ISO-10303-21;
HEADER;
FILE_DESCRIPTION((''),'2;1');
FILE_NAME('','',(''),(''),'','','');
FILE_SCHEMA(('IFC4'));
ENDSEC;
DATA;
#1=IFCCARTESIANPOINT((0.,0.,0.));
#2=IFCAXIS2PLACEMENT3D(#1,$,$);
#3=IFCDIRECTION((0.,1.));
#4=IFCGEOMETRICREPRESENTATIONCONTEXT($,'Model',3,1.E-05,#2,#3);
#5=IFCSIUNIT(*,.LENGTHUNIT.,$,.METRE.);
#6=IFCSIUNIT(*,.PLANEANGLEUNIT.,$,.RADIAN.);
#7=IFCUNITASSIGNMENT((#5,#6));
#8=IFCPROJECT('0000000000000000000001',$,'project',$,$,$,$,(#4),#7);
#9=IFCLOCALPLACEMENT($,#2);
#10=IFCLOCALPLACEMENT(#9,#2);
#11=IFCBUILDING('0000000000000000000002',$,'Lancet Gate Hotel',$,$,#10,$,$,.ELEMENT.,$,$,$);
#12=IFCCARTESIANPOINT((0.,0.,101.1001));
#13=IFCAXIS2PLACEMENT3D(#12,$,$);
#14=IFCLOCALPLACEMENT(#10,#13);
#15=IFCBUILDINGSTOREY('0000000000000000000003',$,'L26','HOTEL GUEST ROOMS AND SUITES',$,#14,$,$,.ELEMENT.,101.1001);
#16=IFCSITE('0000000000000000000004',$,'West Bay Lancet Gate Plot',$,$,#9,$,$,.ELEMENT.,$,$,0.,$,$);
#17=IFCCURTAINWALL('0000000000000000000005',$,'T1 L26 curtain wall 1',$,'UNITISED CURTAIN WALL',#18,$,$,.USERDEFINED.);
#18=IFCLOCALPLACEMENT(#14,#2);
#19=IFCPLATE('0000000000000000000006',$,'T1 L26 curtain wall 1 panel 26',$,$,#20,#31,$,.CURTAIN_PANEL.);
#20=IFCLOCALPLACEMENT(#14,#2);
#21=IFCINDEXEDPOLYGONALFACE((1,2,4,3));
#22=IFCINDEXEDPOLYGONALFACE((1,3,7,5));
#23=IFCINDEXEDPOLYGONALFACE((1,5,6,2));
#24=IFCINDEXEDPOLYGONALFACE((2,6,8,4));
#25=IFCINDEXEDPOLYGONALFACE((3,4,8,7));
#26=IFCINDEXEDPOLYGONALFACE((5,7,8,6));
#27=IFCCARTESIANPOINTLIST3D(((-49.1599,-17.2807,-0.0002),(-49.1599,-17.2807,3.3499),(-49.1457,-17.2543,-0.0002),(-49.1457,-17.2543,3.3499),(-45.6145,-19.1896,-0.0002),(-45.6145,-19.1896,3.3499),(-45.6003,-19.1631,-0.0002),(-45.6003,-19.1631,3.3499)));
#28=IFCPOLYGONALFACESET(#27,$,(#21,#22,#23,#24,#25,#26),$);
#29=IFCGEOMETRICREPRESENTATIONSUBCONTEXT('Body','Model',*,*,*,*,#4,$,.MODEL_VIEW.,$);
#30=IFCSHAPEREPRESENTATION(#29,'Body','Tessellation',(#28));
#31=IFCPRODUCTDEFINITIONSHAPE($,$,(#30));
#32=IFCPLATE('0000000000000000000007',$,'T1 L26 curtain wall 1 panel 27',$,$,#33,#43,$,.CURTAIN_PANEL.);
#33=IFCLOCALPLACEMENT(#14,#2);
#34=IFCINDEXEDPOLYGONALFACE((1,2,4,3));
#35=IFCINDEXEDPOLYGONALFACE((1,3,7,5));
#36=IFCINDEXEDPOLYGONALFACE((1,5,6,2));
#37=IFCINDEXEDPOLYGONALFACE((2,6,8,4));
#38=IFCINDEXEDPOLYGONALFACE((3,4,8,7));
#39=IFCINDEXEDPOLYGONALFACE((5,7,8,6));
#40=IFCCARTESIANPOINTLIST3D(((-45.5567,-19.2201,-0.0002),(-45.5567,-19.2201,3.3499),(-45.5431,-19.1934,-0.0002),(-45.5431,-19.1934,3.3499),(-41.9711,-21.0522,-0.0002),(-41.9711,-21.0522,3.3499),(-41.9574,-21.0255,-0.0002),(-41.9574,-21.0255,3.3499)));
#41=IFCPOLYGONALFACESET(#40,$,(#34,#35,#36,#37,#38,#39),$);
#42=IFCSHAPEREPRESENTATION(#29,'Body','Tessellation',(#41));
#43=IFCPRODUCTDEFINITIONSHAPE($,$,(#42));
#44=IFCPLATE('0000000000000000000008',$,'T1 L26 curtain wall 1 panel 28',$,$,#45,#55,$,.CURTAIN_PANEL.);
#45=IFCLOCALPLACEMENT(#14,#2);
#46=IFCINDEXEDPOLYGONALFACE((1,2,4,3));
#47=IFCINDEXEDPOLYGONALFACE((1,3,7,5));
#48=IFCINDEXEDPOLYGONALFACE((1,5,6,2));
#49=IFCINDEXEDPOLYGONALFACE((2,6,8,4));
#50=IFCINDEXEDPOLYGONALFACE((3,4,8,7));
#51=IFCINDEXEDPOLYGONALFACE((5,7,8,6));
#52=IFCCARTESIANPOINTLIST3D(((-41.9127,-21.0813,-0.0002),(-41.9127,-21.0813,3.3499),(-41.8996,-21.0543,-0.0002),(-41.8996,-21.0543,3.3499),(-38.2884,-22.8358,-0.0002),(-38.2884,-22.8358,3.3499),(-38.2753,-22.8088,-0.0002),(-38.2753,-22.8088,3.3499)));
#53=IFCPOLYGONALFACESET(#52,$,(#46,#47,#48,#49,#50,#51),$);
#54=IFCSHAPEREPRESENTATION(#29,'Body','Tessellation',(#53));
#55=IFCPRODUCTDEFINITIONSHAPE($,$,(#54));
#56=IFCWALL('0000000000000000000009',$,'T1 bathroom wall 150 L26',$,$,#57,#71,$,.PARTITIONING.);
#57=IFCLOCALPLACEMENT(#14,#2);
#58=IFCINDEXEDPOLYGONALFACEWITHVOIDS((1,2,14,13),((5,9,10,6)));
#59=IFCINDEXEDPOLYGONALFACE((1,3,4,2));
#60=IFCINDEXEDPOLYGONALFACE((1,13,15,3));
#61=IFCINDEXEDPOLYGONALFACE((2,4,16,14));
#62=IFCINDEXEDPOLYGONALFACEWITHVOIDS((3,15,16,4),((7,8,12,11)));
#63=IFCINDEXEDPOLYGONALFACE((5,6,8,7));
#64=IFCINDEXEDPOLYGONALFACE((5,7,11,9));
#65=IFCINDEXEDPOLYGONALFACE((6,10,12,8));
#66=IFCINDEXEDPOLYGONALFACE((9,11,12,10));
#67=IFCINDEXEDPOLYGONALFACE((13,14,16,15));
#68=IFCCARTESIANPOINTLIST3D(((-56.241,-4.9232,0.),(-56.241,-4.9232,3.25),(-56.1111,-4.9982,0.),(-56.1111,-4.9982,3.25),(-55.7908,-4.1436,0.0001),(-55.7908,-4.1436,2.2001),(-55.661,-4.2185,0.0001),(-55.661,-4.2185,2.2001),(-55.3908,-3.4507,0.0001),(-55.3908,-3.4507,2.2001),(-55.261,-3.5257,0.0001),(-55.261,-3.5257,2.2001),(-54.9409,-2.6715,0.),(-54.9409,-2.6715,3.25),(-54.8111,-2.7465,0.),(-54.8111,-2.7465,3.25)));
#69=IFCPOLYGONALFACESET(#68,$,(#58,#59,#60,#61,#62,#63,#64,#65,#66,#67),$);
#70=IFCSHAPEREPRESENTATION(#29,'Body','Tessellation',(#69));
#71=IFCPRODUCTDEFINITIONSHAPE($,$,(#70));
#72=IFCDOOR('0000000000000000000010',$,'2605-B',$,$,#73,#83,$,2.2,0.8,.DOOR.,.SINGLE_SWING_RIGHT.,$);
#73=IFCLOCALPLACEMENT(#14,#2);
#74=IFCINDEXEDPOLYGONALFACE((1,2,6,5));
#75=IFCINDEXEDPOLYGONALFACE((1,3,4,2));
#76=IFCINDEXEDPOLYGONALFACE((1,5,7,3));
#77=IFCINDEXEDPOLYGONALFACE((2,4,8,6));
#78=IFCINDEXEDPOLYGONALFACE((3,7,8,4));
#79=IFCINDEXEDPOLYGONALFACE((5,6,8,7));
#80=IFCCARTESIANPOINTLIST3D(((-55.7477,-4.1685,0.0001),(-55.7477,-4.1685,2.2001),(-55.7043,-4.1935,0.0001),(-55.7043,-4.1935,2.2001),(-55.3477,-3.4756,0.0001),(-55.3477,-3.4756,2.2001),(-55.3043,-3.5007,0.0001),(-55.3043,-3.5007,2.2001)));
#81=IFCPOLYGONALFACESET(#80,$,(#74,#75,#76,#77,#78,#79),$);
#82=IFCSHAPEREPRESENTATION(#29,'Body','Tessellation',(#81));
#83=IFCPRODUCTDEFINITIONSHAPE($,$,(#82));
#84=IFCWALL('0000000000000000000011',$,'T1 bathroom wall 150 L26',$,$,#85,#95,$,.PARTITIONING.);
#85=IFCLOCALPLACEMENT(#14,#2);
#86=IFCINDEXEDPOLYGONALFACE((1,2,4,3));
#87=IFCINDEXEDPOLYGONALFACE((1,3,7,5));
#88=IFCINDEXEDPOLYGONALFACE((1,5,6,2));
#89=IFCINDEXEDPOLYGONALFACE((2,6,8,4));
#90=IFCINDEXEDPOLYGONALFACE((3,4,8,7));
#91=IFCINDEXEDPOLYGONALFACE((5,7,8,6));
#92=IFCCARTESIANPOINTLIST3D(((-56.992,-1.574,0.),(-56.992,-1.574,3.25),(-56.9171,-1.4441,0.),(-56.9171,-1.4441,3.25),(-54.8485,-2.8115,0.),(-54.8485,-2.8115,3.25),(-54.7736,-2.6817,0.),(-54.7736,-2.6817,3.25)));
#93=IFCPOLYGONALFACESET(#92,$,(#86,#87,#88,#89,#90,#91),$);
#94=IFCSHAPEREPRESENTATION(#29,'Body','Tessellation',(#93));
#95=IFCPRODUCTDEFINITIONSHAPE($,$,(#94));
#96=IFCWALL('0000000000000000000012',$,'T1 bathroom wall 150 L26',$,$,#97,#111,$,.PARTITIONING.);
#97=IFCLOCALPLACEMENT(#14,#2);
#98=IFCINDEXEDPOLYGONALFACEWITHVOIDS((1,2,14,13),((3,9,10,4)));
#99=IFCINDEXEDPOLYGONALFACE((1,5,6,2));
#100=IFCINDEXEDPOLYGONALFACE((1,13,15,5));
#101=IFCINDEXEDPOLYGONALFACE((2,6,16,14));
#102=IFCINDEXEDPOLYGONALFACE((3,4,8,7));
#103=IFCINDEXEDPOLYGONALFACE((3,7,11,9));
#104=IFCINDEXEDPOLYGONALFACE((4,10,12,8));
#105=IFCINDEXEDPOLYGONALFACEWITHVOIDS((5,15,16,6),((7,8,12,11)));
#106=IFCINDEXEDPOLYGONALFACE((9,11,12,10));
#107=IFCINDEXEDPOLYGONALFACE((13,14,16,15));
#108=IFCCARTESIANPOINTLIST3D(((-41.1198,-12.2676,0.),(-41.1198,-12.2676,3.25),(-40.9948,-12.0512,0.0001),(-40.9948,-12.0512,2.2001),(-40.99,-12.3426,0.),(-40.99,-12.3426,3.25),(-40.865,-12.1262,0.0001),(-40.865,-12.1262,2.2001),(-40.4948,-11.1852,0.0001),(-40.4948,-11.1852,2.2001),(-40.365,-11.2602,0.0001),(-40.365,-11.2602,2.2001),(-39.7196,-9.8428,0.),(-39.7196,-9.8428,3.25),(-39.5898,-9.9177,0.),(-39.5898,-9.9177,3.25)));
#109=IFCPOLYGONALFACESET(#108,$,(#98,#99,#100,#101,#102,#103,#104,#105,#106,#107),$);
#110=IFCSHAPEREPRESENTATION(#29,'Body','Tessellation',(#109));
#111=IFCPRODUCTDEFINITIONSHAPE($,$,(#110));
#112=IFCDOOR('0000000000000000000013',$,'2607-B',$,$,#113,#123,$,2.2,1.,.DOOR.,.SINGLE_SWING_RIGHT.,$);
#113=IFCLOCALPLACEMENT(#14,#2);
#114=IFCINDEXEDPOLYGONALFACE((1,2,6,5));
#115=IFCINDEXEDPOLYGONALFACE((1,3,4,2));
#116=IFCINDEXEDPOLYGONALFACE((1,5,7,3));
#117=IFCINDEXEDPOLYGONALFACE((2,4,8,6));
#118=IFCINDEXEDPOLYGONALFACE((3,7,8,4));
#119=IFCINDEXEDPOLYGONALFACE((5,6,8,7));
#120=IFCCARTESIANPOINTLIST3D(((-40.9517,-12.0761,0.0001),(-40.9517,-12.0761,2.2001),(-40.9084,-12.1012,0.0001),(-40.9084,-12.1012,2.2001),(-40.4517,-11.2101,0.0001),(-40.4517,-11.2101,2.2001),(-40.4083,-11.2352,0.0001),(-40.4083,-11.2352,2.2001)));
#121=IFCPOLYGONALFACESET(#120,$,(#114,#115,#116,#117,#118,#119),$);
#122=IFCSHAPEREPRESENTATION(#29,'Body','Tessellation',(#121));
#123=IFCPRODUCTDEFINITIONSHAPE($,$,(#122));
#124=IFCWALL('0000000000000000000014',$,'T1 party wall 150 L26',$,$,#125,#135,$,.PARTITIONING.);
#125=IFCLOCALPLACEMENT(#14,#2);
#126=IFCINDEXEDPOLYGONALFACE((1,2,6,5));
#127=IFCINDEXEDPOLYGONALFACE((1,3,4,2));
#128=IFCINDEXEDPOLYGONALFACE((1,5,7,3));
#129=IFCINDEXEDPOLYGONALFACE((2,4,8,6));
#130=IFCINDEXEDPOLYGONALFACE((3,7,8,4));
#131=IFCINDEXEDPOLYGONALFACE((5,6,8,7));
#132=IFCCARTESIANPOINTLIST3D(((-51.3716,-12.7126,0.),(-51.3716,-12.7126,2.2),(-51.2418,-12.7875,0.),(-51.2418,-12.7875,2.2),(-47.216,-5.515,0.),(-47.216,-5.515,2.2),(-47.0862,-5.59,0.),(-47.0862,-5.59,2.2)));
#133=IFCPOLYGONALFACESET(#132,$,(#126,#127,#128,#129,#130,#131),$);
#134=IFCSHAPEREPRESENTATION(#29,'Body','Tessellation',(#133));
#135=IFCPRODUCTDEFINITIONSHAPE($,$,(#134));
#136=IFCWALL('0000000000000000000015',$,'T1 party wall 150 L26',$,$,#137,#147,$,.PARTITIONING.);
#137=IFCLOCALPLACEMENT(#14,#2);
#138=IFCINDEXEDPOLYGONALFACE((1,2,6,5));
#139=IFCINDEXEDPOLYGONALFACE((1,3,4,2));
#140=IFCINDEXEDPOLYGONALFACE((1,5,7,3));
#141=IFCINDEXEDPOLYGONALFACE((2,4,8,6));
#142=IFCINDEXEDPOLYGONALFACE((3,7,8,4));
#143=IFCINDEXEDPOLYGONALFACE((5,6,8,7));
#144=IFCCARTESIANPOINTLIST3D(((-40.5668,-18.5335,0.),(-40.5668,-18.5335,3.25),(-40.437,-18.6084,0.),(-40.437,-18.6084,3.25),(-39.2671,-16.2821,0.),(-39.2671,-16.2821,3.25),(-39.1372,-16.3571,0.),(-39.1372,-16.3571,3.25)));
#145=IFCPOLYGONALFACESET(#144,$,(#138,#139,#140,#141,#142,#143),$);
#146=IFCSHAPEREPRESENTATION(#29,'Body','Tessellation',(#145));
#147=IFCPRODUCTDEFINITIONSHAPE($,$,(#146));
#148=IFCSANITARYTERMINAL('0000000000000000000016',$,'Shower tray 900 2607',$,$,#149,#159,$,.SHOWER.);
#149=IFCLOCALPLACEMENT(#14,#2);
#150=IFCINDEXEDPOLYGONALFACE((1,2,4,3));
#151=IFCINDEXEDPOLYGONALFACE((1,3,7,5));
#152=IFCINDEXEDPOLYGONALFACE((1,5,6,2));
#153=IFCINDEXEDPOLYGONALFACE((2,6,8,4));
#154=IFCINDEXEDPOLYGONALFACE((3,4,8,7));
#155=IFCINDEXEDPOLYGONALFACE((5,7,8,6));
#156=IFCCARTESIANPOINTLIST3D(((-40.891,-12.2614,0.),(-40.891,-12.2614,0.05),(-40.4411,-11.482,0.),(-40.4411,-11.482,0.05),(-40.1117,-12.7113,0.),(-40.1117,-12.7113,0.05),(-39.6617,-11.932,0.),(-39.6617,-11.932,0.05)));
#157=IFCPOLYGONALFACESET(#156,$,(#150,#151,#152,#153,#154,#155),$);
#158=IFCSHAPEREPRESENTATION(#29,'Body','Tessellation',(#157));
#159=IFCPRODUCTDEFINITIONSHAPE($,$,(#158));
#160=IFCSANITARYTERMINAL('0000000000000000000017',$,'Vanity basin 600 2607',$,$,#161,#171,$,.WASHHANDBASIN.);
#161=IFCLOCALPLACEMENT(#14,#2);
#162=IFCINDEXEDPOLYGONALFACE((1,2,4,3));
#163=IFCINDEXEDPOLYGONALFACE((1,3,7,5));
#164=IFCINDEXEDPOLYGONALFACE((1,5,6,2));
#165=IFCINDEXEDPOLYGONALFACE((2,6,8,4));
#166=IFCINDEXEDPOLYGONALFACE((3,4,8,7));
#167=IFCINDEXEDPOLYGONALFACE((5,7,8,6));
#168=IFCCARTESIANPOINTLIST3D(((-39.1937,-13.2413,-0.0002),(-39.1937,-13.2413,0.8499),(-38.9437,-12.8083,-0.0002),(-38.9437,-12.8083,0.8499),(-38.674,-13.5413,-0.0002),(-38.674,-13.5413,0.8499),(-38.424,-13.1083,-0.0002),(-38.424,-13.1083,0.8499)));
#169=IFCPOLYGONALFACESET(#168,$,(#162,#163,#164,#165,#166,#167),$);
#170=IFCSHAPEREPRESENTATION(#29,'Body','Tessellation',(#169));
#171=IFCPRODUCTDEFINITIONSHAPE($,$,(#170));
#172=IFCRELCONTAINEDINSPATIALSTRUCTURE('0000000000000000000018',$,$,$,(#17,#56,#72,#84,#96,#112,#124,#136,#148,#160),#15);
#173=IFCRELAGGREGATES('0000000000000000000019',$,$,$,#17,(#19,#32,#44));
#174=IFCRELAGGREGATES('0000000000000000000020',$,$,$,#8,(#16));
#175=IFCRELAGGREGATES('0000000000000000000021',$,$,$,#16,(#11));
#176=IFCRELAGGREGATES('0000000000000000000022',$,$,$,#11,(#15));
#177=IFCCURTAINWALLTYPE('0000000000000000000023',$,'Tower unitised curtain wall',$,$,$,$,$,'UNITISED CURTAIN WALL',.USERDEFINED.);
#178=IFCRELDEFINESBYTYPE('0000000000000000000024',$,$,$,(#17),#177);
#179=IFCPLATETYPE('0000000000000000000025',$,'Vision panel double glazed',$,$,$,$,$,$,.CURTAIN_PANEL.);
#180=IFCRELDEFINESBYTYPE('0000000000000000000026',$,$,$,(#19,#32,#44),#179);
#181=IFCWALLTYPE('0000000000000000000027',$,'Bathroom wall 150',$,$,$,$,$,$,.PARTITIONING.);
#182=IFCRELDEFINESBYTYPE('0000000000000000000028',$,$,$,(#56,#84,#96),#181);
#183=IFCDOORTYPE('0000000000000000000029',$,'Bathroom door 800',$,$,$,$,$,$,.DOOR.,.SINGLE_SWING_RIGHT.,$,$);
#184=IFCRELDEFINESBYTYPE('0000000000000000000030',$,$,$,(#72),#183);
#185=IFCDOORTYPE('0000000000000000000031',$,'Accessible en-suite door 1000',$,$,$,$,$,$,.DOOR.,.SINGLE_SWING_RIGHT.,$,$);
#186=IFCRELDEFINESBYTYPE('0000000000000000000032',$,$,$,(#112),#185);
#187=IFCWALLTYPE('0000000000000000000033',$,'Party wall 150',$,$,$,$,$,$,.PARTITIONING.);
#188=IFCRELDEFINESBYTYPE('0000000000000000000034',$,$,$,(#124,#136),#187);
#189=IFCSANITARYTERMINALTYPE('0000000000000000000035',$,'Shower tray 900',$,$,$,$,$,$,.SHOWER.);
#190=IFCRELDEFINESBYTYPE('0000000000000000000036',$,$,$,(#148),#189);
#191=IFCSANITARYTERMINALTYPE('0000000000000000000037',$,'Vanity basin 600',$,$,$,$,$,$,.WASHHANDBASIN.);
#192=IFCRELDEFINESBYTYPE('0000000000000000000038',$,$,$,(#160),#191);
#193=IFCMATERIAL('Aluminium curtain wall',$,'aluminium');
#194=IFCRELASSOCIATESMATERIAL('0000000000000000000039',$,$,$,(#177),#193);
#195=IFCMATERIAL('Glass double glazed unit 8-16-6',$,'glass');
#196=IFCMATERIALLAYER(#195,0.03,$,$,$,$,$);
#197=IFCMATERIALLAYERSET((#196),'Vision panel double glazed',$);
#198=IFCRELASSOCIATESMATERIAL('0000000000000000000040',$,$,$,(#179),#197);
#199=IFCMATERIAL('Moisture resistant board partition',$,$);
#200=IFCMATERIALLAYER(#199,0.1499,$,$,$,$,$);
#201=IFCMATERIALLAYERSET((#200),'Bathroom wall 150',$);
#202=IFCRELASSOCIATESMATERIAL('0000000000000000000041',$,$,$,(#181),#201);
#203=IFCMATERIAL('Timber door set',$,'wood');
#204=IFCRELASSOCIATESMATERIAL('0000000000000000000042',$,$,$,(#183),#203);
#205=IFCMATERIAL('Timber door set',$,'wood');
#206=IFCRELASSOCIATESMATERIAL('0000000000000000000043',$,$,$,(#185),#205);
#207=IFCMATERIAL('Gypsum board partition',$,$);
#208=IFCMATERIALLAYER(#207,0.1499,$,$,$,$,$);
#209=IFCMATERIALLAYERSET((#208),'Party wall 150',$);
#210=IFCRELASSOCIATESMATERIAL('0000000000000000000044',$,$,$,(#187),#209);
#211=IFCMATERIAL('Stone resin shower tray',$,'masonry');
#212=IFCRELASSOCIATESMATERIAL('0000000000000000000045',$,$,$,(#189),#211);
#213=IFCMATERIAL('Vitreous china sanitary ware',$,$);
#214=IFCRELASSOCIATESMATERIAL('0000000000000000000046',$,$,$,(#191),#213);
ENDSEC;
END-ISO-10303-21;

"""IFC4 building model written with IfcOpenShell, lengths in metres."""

from ifc_helpers import new_model, si_unit, direction, frame, frame_2d, origin, origin_2d, place, context, subcontext, project, spatial, rectangle, extrude, material, layer, layer_set, type_object, element, fill, aggregate, save


model = new_model("IFC4")

# Units and contexts
model_context = context("Model", 3, precision=1e-05, world=origin(), true_north=direction((0.0, 1.0)))
body_context = subcontext(model_context, "Body", "Model", "MODEL_VIEW")
ifc_project = project(units=[si_unit("LENGTHUNIT", "METRE"), si_unit("PLANEANGLEUNIT", "RADIAN")], contexts=[model_context])

# Site, building, storey
site_placement = place(None, origin())
site = spatial("IfcSite", under=ifc_project, at=site_placement, Name="West Bay Lancet Gate Plot", CompositionType="ELEMENT", RefElevation=0.0)
building_placement = place(site_placement, origin())
building = spatial("IfcBuilding", under=site, at=building_placement, Name="Lancet Gate Hotel", CompositionType="ELEMENT")
storey_placement = place(building_placement, frame((0.0, 0.0, 101.1001)))
storey = spatial("IfcBuildingStorey", under=building, at=storey_placement, Name="L26", Description="HOTEL GUEST ROOMS AND SUITES", CompositionType="ELEMENT", Elevation=101.1001)

# Curtain wall
ifc_material_1 = material(Name="Aluminium curtain wall", Category="aluminium")
curtain_wall_type = type_object("IfcCurtainWallType", Name="Tower unitised curtain wall", ElementType="UNITISED CURTAIN WALL", PredefinedType="USERDEFINED", material=ifc_material_1)
curtain_wall_placement = place(storey_placement, origin())
curtain_wall = element("IfcCurtainWall", 1, at=curtain_wall_placement, inside=storey, type_object=curtain_wall_type, Name="T1 L26 curtain wall 1", ObjectType="UNITISED CURTAIN WALL", PredefinedType="USERDEFINED")

# Plates
ifc_material_2 = material(Name="Glass double glazed unit 8-16-6", Category="glass")
ifc_layer_1 = layer(ifc_material_2, 0.03)
ifc_layer_set_1 = layer_set([ifc_layer_1], Name="Vision panel double glazed")
plate_type = type_object("IfcPlateType", Name="Vision panel double glazed", PredefinedType="CURTAIN_PANEL", material=ifc_layer_set_1)
plate_1_placement = place(storey_placement, frame((-47.3801, -18.2219, -0.0002), z_axis=(0.0, 0.0, 1.0), x_axis=(0.880493, -0.47406, 0.0)))
plate_1 = element("IfcPlate", 2, at=plate_1_placement, type_object=plate_type, Name="T1 L26 curtain wall 1 panel 26", PredefinedType="CURTAIN_PANEL", context=body_context, shape_type="SweptSolid", body=[
    extrude(rectangle(XDim=4.0266, YDim=0.03, at=origin_2d()), origin(), (0.0, 0.0, 1.0), 3.3501),
])
plate_2_placement = place(storey_placement, frame((-43.7571, -20.1228, -0.0002), z_axis=(0.0, 0.0, 1.0), x_axis=(0.890493, -0.454996, 0.0)))
plate_2 = element("IfcPlate", 3, at=plate_2_placement, type_object=plate_type, Name="T1 L26 curtain wall 1 panel 27", PredefinedType="CURTAIN_PANEL", context=body_context, shape_type="SweptSolid", body=[
    extrude(rectangle(XDim=4.0266, YDim=0.03, at=origin_2d()), origin(), (0.0, 0.0, 1.0), 3.3501),
])
plate_3_placement = place(storey_placement, frame((-40.094, -21.9451, -0.0002), z_axis=(0.0, 0.0, 1.0), x_axis=(0.900082, -0.435721, 0.0)))
plate_3 = element("IfcPlate", 4, at=plate_3_placement, type_object=plate_type, Name="T1 L26 curtain wall 1 panel 28", PredefinedType="CURTAIN_PANEL", context=body_context, shape_type="SweptSolid", body=[
    extrude(rectangle(XDim=4.0266, YDim=0.03, at=origin_2d()), origin(), (0.0, 0.0, 1.0), 3.3501),
])
aggregate(curtain_wall, [plate_1, plate_2, plate_3])

# Wall, opening, door
ifc_material_3 = material(Name="Moisture resistant board partition")
ifc_layer_2 = layer(ifc_material_3, 0.1499)
ifc_layer_set_2 = layer_set([ifc_layer_2], Name="Bathroom wall 150")
wall_type_1 = type_object("IfcWallType", Name="Bathroom wall 150", PredefinedType="PARTITIONING", material=ifc_layer_set_2)
wall_1_placement = place(storey_placement, frame((-54.876, -2.709, 0.0), z_axis=(0.0, 0.0, 1.0), x_axis=(-0.500007, -0.866021, 0.0)))
wall_1 = element("IfcWall", 5, at=wall_1_placement, inside=storey, type_object=wall_type_1, Name="T1 bathroom wall 150 L26", PredefinedType="PARTITIONING", context=body_context, shape_type="SweptSolid", body=[
    extrude(rectangle(XDim=2.6001, YDim=0.1499, at=frame_2d((1.3, 0.0))), origin(), (0.0, 0.0, 1.0), 3.25),
])
opening_1_placement = place(wall_1_placement, frame((0.8999, 0.0, 0.0)))
opening_1 = element("IfcOpeningElement", 6, at=opening_1_placement, cuts=wall_1, PredefinedType="OPENING", context=body_context, shape_type="SweptSolid", body=[
    extrude(rectangle(XDim=0.8, YDim=2.2, at=frame_2d((0.3999, 1.1001))), frame((0.0, 0.085, 0.0), z_axis=(0.0, -1.0, 0.0), x_axis=(1.0, 0.0, 0.0)), (0.0, 0.0, 1.0), 0.1699),
])
ifc_material_4 = material(Name="Timber door set", Category="wood")
door_type_1 = type_object("IfcDoorType", Name="Bathroom door 800", OperationType="SINGLE_SWING_RIGHT", PredefinedType="DOOR", material=ifc_material_4)
door_1_placement = place(opening_1_placement, origin())
door_1 = element("IfcDoor", 7, at=door_1_placement, inside=storey, type_object=door_type_1, Name="2605-B", OperationType="SINGLE_SWING_RIGHT", OverallHeight=2.2, OverallWidth=0.8, PredefinedType="DOOR", context=body_context, shape_type="SweptSolid", body=[
    extrude(rectangle(XDim=0.8, YDim=2.2, at=frame_2d((0.3999, 1.1001))), frame((0.0, 0.0249, 0.0), z_axis=(0.0, -1.0, 0.0), x_axis=(1.0, 0.0, 0.0)), (0.0, 0.0, 1.0), 0.05),
])
fill(opening_1, door_1)

# Wall
wall_2_placement = place(storey_placement, frame((-54.811, -2.7466, 0.0), z_axis=(0.0, 0.0, 1.0), x_axis=(-0.866031, 0.49999, 0.0)))
element("IfcWall", 8, at=wall_2_placement, inside=storey, type_object=wall_type_1, Name="T1 bathroom wall 150 L26", PredefinedType="PARTITIONING", context=body_context, shape_type="SweptSolid", body=[
    extrude(rectangle(XDim=2.4751, YDim=0.1499, at=frame_2d((1.2375, 0.0))), origin(), (0.0, 0.0, 1.0), 3.25),
])

# Wall, opening, door
wall_3_placement = place(storey_placement, frame((-39.6548, -9.8804, 0.0), z_axis=(0.0, 0.0, 1.0), x_axis=(-0.50005, -0.865997, 0.0)))
wall_3 = element("IfcWall", 9, at=wall_3_placement, inside=storey, type_object=wall_type_1, Name="T1 bathroom wall 150 L26", PredefinedType="PARTITIONING", context=body_context, shape_type="SweptSolid", body=[
    extrude(rectangle(XDim=2.8, YDim=0.1499, at=frame_2d((1.3999, 0.0))), origin(), (0.0, 0.0, 1.0), 3.25),
])
opening_2_placement = place(wall_3_placement, frame((1.55, 0.0, 0.0)))
opening_2 = element("IfcOpeningElement", 10, at=opening_2_placement, cuts=wall_3, PredefinedType="OPENING", context=body_context, shape_type="SweptSolid", body=[
    extrude(rectangle(XDim=1.0, YDim=2.2, at=frame_2d((0.5, 1.1001))), frame((0.0, 0.085, 0.0), z_axis=(0.0, -1.0, 0.0), x_axis=(1.0, 0.0, 0.0)), (0.0, 0.0, 1.0), 0.1699),
])
ifc_material_5 = material(Name="Timber door set", Category="wood")
door_type_2 = type_object("IfcDoorType", Name="Accessible en-suite door 1000", OperationType="SINGLE_SWING_RIGHT", PredefinedType="DOOR", material=ifc_material_5)
door_2_placement = place(opening_2_placement, origin())
door_2 = element("IfcDoor", 11, at=door_2_placement, inside=storey, type_object=door_type_2, Name="2607-B", OperationType="SINGLE_SWING_RIGHT", OverallHeight=2.2, OverallWidth=1.0, PredefinedType="DOOR", context=body_context, shape_type="SweptSolid", body=[
    extrude(rectangle(XDim=1.0, YDim=2.2, at=frame_2d((0.5, 1.1001))), frame((0.0, 0.0249, 0.0), z_axis=(0.0, -1.0, 0.0), x_axis=(1.0, 0.0, 0.0)), (0.0, 0.0, 1.0), 0.05),
])
fill(opening_2, door_2)

# Walls
ifc_material_6 = material(Name="Gypsum board partition")
ifc_layer_3 = layer(ifc_material_6, 0.1499)
ifc_layer_set_3 = layer_set([ifc_layer_3], Name="Party wall 150")
wall_type_2 = type_object("IfcWallType", Name="Party wall 150", PredefinedType="PARTITIONING", material=ifc_layer_set_3)
wall_4_placement = place(storey_placement, frame((-47.1511, -5.5525, 0.0), z_axis=(0.0, 0.0, 1.0), x_axis=(-0.500003, -0.866024, 0.0)))
element("IfcWall", 12, at=wall_4_placement, inside=storey, type_object=wall_type_2, Name="T1 party wall 150 L26", PredefinedType="PARTITIONING", context=body_context, shape_type="SweptSolid", body=[
    extrude(rectangle(XDim=8.311, YDim=0.1499, at=frame_2d((4.1555, 0.0))), origin(), (0.0, 0.0, 1.0), 2.2),
])
wall_5_placement = place(storey_placement, frame((-39.2021, -16.3196, 0.0), z_axis=(0.0, 0.0, 1.0), x_axis=(-0.499977, -0.866039, 0.0)))
element("IfcWall", 13, at=wall_5_placement, inside=storey, type_object=wall_type_2, Name="T1 party wall 150 L26", PredefinedType="PARTITIONING", context=body_context, shape_type="SweptSolid", body=[
    extrude(rectangle(XDim=2.5996, YDim=0.1499, at=frame_2d((1.2998, 0.0))), origin(), (0.0, 0.0, 1.0), 3.25),
])

# Sanitary terminals
ifc_material_7 = material(Name="Stone resin shower tray", Category="masonry")
sanitary_terminal_type_1 = type_object("IfcSanitaryTerminalType", Name="Shower tray 900", PredefinedType="SHOWER", material=ifc_material_7)
sanitary_terminal_1_placement = place(storey_placement, frame((-40.2764, -12.0967, 0.0), z_axis=(0.0, 0.0, 1.0), x_axis=(-0.866025, 0.5, 0.0)))
element("IfcSanitaryTerminal", 14, at=sanitary_terminal_1_placement, inside=storey, type_object=sanitary_terminal_type_1, Name="Shower tray 900 2607", PredefinedType="SHOWER", context=body_context, shape_type="SweptSolid", body=[
    extrude(rectangle(XDim=0.8999, YDim=0.8999, at=origin_2d()), origin(), (0.0, 0.0, 1.0), 0.05),
])
ifc_material_8 = material(Name="Vitreous china sanitary ware")
sanitary_terminal_type_2 = type_object("IfcSanitaryTerminalType", Name="Vanity basin 600", PredefinedType="WASHHANDBASIN", material=ifc_material_8)
sanitary_terminal_2_placement = place(storey_placement, frame((-38.8088, -13.1748, -0.0002), z_axis=(0.0, 0.0, 1.0), x_axis=(-0.866025, 0.5, 0.0)))
element("IfcSanitaryTerminal", 15, at=sanitary_terminal_2_placement, inside=storey, type_object=sanitary_terminal_type_2, Name="Vanity basin 600 2607", PredefinedType="WASHHANDBASIN", context=body_context, shape_type="SweptSolid", body=[
    extrude(rectangle(XDim=0.6001, YDim=0.5, at=origin_2d()), origin(), (0.0, 0.0, 1.0), 0.8501),
])

save(model, "model.ifc")
